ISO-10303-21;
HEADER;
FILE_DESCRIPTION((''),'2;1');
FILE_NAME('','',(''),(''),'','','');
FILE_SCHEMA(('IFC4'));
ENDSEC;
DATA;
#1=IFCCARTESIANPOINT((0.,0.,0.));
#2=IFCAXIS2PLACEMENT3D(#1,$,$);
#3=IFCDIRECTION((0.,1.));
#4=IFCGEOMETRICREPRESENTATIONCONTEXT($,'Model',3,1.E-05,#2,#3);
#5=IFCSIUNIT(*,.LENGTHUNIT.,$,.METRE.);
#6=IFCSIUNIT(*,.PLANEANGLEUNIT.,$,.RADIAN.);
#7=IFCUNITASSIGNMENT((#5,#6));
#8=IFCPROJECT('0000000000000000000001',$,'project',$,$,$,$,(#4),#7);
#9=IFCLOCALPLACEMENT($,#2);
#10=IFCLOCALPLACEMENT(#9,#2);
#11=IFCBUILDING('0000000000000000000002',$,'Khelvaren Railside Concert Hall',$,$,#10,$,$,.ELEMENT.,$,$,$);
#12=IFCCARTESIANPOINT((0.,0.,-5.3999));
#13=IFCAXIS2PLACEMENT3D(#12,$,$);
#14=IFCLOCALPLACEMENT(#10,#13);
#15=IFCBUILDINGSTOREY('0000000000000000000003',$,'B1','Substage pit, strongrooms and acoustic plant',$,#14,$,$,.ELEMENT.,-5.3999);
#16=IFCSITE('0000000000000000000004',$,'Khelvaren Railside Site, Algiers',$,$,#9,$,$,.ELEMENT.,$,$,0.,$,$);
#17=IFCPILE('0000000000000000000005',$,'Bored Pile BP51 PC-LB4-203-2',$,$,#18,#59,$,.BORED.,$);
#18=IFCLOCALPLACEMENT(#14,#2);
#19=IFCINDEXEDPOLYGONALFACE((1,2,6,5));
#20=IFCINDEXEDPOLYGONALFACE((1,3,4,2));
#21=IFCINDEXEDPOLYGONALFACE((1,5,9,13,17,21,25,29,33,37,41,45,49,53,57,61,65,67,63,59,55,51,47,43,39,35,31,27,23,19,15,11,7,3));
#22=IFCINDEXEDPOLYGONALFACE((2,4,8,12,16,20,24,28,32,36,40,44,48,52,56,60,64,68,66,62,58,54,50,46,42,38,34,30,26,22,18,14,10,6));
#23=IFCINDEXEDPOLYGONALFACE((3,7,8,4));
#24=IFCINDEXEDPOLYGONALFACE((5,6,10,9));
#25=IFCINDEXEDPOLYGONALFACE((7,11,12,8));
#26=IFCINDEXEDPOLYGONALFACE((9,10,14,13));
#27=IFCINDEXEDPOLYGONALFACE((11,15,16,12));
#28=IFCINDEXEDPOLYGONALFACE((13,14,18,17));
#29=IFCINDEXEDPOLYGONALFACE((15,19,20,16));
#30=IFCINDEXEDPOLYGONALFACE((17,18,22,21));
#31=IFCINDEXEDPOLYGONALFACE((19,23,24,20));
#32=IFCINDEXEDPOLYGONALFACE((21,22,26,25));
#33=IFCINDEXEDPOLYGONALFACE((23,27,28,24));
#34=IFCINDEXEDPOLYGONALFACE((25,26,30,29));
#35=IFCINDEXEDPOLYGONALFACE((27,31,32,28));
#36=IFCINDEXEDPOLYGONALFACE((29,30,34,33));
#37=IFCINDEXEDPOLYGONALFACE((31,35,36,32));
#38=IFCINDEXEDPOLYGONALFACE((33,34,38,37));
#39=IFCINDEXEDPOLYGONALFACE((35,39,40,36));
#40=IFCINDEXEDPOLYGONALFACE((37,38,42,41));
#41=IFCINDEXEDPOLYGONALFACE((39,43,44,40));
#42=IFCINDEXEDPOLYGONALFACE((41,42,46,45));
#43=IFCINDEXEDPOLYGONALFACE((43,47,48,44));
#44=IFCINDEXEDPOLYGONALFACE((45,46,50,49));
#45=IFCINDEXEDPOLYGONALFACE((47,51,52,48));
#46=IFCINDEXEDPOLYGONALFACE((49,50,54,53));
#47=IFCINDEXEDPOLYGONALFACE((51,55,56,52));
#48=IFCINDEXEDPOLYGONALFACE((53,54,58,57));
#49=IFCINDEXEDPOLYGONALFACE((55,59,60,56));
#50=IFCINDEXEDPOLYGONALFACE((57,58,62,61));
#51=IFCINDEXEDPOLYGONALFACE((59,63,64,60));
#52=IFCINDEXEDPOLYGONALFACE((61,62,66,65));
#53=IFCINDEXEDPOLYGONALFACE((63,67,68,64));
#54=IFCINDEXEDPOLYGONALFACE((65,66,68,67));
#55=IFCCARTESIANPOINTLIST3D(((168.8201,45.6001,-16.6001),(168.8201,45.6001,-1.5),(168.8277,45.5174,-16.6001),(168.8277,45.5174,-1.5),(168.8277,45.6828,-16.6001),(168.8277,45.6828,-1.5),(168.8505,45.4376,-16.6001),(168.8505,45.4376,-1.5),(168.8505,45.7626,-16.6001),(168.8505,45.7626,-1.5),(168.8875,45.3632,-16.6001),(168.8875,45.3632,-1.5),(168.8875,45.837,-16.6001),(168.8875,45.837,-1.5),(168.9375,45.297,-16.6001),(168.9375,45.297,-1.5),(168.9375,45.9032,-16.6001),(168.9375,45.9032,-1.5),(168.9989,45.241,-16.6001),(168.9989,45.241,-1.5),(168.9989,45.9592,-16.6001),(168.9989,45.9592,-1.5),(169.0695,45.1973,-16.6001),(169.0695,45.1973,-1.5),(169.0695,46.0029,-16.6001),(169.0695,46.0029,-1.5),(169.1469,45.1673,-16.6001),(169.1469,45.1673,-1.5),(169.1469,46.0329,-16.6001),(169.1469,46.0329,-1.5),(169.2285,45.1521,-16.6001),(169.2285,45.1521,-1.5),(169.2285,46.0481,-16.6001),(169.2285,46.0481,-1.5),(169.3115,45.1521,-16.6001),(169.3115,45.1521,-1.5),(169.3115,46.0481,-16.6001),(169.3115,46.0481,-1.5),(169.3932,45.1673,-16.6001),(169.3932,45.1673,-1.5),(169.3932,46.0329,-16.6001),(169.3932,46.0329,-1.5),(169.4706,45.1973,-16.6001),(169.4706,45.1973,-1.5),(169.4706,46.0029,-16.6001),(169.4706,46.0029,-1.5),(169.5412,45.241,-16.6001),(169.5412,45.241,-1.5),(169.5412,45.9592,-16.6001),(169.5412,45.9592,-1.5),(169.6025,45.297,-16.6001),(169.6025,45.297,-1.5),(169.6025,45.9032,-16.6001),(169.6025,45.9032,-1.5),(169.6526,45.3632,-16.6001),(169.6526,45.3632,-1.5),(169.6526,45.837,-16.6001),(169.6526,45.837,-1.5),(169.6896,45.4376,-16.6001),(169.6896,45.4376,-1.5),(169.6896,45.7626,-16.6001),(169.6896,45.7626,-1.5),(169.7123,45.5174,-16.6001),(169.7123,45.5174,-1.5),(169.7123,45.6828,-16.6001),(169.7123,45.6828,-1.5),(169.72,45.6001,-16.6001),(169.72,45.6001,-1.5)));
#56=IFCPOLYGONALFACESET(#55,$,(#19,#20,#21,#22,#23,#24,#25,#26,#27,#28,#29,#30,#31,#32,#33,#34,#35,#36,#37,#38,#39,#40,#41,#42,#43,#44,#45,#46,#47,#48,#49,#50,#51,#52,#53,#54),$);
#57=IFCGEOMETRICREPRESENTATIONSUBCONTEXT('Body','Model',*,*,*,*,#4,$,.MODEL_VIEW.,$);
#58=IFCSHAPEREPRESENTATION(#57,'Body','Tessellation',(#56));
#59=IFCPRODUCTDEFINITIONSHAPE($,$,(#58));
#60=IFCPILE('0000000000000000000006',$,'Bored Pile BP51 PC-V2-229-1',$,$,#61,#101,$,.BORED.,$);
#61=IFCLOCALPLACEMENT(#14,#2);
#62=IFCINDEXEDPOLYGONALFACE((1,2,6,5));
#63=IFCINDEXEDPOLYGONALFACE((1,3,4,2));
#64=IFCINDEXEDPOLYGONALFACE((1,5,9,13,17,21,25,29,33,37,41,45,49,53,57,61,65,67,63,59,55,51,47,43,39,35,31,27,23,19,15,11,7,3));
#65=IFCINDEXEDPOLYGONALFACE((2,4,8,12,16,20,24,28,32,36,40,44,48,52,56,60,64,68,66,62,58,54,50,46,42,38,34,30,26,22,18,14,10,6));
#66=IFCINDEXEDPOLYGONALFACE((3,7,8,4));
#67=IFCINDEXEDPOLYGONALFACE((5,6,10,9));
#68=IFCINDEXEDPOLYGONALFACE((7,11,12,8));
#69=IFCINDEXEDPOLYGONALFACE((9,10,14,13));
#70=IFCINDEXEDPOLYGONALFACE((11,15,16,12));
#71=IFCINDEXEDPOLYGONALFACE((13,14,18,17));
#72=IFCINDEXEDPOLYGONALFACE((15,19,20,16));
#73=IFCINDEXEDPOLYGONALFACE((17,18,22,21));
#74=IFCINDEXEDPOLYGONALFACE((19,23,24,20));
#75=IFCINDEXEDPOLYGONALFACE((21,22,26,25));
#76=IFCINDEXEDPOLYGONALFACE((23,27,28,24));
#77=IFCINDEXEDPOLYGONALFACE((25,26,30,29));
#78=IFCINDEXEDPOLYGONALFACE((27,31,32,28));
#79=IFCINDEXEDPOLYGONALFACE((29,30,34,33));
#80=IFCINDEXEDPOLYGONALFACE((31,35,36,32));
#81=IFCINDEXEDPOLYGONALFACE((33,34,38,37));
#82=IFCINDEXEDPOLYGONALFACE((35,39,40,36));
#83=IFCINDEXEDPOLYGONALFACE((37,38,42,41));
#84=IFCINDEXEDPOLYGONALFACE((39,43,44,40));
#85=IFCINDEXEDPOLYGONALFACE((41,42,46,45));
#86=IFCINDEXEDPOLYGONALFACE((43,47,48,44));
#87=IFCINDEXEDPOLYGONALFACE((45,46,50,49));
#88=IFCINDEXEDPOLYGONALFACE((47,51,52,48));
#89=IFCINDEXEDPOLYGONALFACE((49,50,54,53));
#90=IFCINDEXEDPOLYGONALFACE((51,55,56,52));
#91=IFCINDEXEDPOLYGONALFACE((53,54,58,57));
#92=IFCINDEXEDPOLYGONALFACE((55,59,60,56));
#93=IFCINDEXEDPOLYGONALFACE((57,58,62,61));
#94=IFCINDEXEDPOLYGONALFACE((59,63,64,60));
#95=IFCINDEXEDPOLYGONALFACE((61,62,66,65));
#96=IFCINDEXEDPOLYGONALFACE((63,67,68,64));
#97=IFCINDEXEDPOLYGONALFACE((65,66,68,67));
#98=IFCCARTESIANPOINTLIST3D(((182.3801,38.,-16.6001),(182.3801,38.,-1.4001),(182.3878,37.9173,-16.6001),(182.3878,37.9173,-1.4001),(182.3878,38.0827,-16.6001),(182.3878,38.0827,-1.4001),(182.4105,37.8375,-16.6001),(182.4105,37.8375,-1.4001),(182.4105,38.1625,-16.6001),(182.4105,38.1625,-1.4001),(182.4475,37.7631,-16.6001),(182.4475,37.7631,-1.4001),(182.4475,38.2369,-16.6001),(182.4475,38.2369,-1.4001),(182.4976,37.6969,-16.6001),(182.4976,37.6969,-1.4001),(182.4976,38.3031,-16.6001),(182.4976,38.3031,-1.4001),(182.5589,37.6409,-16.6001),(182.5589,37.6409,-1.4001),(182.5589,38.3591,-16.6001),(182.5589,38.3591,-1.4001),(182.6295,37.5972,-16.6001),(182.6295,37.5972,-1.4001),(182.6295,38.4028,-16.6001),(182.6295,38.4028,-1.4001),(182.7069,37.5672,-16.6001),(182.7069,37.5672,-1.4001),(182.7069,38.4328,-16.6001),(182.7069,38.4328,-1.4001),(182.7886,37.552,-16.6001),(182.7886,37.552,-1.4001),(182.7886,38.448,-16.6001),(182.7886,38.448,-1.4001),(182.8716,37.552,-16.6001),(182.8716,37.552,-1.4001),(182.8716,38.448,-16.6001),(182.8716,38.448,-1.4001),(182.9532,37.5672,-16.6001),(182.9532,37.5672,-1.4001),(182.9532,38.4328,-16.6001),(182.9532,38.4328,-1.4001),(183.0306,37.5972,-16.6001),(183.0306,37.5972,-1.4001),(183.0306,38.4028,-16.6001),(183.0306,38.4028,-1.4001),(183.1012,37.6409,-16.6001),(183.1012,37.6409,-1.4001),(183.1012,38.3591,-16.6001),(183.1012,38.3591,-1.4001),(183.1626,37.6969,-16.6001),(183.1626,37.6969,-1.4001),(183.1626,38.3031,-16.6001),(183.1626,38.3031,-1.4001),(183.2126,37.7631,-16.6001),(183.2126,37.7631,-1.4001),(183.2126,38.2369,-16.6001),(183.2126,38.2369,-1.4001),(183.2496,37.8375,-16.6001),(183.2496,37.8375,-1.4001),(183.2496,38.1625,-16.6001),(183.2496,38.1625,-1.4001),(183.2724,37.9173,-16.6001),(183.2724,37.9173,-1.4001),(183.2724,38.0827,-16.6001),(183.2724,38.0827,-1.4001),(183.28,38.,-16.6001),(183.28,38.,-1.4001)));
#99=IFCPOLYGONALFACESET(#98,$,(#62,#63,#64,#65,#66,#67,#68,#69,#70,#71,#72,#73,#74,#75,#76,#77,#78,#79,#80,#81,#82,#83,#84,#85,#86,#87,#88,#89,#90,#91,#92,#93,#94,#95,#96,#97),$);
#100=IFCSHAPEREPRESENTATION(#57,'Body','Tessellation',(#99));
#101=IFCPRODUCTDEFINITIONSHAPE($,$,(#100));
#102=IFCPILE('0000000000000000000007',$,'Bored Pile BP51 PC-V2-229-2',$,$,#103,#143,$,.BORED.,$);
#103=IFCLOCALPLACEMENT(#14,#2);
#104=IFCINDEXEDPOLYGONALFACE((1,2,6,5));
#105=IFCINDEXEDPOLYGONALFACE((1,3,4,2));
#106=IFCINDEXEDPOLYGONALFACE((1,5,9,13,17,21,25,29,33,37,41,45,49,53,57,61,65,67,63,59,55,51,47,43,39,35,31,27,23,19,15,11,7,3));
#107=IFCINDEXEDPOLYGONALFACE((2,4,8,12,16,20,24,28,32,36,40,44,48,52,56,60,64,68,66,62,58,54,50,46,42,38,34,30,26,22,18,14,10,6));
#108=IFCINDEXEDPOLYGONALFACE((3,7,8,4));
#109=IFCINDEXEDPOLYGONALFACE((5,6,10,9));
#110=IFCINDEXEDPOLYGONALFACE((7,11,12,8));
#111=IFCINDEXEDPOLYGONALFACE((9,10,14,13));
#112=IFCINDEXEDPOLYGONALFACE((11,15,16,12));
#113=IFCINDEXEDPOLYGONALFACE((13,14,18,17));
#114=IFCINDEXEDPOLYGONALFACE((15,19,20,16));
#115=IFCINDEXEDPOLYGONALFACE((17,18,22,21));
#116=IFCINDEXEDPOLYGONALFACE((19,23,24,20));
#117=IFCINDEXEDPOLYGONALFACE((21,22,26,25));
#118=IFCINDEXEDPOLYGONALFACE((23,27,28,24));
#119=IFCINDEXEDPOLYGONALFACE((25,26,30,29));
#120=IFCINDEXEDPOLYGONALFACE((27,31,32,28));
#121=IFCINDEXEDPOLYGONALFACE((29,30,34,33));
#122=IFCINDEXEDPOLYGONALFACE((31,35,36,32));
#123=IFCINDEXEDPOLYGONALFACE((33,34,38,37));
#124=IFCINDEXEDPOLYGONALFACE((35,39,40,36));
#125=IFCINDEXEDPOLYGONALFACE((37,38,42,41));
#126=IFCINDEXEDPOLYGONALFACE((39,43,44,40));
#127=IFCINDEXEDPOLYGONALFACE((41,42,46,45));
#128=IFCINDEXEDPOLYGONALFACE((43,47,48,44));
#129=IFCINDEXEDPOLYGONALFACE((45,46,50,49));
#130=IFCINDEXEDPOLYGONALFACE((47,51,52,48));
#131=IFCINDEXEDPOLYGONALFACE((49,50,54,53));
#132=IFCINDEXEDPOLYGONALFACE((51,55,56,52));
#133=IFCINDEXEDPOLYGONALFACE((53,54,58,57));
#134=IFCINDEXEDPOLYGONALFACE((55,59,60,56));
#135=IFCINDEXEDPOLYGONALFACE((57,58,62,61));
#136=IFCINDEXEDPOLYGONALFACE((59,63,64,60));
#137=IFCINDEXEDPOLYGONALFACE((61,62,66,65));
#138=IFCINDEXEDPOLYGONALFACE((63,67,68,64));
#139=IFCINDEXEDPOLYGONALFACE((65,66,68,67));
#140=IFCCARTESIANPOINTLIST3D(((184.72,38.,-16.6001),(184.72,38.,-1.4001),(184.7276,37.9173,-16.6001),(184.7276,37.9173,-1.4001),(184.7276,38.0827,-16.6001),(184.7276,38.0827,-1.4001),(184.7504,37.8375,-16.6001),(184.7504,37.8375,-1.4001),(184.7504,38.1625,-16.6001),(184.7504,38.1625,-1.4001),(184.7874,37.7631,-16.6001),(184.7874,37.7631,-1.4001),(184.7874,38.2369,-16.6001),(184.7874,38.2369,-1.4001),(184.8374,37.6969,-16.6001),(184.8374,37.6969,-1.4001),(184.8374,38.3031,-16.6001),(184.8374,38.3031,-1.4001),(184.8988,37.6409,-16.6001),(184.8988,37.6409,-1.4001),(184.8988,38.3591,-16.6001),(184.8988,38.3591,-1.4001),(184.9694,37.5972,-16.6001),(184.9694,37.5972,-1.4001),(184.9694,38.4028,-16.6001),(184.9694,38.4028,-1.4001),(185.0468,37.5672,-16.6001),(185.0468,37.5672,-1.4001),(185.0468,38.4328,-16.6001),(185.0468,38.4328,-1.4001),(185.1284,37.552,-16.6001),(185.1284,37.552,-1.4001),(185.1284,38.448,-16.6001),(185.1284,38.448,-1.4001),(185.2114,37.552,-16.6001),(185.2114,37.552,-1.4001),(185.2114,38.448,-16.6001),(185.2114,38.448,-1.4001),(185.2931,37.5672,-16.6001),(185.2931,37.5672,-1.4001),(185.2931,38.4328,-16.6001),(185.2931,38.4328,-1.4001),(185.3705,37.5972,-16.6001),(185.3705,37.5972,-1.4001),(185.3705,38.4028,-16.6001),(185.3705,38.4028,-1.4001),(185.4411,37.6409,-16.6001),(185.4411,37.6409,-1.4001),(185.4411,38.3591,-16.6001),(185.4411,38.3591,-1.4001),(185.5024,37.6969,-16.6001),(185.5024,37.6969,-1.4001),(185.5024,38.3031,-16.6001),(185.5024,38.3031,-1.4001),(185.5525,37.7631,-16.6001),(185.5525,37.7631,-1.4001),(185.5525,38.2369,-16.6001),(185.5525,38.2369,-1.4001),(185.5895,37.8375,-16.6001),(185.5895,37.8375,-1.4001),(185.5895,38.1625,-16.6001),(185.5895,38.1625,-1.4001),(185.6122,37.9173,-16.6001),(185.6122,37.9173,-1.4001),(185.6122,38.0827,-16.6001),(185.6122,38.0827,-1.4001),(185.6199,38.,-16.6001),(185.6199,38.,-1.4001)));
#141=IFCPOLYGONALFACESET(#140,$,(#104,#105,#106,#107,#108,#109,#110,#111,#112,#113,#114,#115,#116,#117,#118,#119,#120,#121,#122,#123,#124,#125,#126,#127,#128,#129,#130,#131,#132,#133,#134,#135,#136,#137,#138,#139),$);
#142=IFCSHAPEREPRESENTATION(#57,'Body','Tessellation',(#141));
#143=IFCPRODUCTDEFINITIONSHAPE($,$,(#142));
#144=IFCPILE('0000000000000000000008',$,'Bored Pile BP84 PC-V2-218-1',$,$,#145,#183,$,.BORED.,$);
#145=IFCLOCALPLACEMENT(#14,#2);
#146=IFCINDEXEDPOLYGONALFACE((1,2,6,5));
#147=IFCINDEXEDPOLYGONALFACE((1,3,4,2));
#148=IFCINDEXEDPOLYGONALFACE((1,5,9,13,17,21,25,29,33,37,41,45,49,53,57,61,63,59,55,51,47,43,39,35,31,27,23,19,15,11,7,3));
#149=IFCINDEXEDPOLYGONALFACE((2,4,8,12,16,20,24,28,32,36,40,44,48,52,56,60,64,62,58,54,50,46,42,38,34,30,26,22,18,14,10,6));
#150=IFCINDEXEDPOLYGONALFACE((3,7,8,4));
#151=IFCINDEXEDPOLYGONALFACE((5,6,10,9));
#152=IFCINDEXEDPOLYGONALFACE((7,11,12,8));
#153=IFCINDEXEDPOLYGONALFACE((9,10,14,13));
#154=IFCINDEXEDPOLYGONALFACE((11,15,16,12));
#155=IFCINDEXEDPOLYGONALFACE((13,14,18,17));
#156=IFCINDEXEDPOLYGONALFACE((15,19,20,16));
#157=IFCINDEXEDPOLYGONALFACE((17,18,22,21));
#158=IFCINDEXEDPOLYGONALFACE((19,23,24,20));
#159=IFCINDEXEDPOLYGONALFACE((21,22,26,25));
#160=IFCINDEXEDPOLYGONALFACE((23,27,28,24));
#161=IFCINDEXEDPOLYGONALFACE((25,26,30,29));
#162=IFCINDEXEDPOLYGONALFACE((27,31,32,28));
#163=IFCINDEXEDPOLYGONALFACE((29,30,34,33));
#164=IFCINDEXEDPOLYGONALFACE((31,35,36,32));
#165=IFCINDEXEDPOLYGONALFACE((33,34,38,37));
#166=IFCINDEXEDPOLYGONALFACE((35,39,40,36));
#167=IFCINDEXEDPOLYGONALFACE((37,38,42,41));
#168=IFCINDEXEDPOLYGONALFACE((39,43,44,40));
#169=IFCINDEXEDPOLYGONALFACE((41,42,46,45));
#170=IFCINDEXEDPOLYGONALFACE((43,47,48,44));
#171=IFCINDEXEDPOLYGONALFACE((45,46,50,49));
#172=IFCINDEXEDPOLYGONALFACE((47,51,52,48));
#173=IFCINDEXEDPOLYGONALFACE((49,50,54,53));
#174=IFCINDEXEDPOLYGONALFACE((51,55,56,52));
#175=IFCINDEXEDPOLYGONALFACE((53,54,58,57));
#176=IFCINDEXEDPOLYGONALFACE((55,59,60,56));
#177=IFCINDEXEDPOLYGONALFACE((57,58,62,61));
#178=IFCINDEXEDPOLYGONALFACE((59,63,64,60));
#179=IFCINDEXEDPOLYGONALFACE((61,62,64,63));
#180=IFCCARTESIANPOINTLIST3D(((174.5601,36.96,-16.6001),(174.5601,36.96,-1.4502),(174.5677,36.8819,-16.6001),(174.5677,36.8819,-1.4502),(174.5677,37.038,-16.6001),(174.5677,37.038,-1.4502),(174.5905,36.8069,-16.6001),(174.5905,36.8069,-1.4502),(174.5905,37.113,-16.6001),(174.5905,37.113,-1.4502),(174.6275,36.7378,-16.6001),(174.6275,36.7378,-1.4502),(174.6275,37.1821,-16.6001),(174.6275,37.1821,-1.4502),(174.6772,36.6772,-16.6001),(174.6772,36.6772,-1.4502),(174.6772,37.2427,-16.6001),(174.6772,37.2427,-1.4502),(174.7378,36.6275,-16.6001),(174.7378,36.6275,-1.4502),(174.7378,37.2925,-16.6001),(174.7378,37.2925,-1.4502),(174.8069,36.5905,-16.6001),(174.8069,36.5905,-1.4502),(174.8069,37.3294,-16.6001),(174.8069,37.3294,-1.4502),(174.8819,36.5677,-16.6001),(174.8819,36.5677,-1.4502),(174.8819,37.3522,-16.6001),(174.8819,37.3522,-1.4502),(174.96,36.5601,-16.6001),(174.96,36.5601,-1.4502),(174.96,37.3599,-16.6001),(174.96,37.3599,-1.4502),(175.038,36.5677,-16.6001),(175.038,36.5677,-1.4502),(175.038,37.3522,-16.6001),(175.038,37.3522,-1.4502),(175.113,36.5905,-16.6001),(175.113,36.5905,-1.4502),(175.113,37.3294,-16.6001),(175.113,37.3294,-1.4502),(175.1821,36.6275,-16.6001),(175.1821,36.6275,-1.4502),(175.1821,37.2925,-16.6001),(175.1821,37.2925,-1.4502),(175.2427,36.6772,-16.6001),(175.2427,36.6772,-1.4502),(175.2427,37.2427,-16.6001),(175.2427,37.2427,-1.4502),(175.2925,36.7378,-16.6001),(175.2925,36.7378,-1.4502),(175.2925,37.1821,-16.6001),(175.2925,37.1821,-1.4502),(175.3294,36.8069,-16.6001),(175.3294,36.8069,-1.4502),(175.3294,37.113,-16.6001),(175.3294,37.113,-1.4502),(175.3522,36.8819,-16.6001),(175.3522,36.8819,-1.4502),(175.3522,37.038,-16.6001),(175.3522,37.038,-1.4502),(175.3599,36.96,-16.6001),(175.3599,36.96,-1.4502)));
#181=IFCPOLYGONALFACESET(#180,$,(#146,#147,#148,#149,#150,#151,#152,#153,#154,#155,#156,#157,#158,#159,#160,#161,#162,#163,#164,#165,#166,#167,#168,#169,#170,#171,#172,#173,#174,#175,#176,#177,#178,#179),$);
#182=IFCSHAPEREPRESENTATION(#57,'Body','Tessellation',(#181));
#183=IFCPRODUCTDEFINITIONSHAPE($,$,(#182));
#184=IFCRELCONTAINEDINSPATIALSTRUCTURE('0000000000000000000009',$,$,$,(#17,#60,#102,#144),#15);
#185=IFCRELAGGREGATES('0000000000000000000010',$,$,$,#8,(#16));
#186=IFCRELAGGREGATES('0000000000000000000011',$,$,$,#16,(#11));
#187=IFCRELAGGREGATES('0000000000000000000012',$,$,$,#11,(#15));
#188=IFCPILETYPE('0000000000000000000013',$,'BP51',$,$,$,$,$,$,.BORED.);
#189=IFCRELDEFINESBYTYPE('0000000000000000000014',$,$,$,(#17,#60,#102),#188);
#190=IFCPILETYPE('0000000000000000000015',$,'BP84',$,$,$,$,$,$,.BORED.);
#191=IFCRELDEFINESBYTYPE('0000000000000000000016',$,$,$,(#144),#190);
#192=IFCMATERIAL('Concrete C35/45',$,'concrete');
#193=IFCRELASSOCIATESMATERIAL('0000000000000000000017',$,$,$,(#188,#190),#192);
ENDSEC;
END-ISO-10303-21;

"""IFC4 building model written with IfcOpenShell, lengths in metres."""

from ifc_helpers import new_model, si_unit, direction, frame, origin, origin_2d, place, context, subcontext, project, spatial, circle, extrude, material, material_profile, profile_set, type_object, element, save


model = new_model("IFC4")

# Units and contexts
model_context = context("Model", 3, precision=1e-05, world=origin(), true_north=direction((0.0, 1.0)))
body_context = subcontext(model_context, "Body", "Model", "MODEL_VIEW")
ifc_project = project(units=[si_unit("LENGTHUNIT", "METRE"), si_unit("PLANEANGLEUNIT", "RADIAN")], contexts=[model_context])

# Site, building, storey
site_placement = place(None, origin())
site = spatial("IfcSite", under=ifc_project, at=site_placement, Name="Khelvaren Railside Site, Algiers", CompositionType="ELEMENT", RefElevation=0.0)
building_placement = place(site_placement, origin())
building = spatial("IfcBuilding", under=site, at=building_placement, Name="Khelvaren Railside Concert Hall", CompositionType="ELEMENT")
storey_placement = place(building_placement, frame((0.0, 0.0, -5.3999)))
storey = spatial("IfcBuildingStorey", under=building, at=storey_placement, Name="B1", Description="Substage pit, strongrooms and acoustic plant", CompositionType="ELEMENT", Elevation=-5.3999)

# Piles
ifc_material_1 = material(Name="Concrete C35/45", Category="concrete")
ifc_material_profile_1 = material_profile(ifc_material_1, circle(Radius=0.45, at=origin_2d()), Name="BP D900")
ifc_profile_set_1 = profile_set([ifc_material_profile_1], Name="Concrete C35/45")
pile_type_1 = type_object("IfcPileType", Name="BP51", PredefinedType="BORED", material=ifc_profile_set_1)
pile_placement = place(storey_placement, frame((169.27, 45.6001, -1.5), z_axis=(0.0, 0.0, -1.0), x_axis=(1.0, 0.0, 0.0)))
element("IfcPile", 1, at=pile_placement, inside=storey, type_object=pile_type_1, Name="Bored Pile BP51 PC-LB4-203-2", PredefinedType="BORED", context=body_context, shape_type="SweptSolid", body=[
    extrude(circle(Radius=0.45, at=origin_2d()), origin(), (0.0, 0.0, 1.0), 15.1001),
])
for number, where, z_axis, x_axis, name in (
    (2, (182.8301, 38.0, -1.4001), (0.0, 0.0, -1.0), (1.0, 0.0, 0.0), "Bored Pile BP51 PC-V2-229-1"),
    (3, (185.1699, 38.0, -1.4001), (0.0, 0.0, -1.0), (1.0, 0.0, 0.0), "Bored Pile BP51 PC-V2-229-2"),
):
    element("IfcPile", number, at=place(storey_placement, frame(where, z_axis=z_axis, x_axis=x_axis)), inside=storey, type_object=pile_type_1, Name=name, PredefinedType="BORED", context=body_context, shape_type="SweptSolid", body=[
        extrude(circle(Radius=0.45, at=origin_2d()), origin(), (0.0, 0.0, 1.0), 15.2),
    ])
ifc_material_profile_2 = material_profile(ifc_material_1, circle(Radius=0.3999, at=origin_2d()), Name="BP D800")
ifc_profile_set_2 = profile_set([ifc_material_profile_2], Name="Concrete C35/45")
pile_type_2 = type_object("IfcPileType", Name="BP84", PredefinedType="BORED", material=ifc_profile_set_2)
for number, where, z_axis, x_axis, name in (
    (4, (174.96, 36.96, -1.4502), (0.0, 0.0, -1.0), (1.0, 0.0, 0.0), "Bored Pile BP84 PC-V2-218-1"),
):
    element("IfcPile", number, at=place(storey_placement, frame(where, z_axis=z_axis, x_axis=x_axis)), inside=storey, type_object=pile_type_2, Name=name, PredefinedType="BORED", context=body_context, shape_type="SweptSolid", body=[
        extrude(circle(Radius=0.3999, at=origin_2d()), origin(), (0.0, 0.0, 1.0), 15.1499),
    ])

save(model, "model.ifc")
